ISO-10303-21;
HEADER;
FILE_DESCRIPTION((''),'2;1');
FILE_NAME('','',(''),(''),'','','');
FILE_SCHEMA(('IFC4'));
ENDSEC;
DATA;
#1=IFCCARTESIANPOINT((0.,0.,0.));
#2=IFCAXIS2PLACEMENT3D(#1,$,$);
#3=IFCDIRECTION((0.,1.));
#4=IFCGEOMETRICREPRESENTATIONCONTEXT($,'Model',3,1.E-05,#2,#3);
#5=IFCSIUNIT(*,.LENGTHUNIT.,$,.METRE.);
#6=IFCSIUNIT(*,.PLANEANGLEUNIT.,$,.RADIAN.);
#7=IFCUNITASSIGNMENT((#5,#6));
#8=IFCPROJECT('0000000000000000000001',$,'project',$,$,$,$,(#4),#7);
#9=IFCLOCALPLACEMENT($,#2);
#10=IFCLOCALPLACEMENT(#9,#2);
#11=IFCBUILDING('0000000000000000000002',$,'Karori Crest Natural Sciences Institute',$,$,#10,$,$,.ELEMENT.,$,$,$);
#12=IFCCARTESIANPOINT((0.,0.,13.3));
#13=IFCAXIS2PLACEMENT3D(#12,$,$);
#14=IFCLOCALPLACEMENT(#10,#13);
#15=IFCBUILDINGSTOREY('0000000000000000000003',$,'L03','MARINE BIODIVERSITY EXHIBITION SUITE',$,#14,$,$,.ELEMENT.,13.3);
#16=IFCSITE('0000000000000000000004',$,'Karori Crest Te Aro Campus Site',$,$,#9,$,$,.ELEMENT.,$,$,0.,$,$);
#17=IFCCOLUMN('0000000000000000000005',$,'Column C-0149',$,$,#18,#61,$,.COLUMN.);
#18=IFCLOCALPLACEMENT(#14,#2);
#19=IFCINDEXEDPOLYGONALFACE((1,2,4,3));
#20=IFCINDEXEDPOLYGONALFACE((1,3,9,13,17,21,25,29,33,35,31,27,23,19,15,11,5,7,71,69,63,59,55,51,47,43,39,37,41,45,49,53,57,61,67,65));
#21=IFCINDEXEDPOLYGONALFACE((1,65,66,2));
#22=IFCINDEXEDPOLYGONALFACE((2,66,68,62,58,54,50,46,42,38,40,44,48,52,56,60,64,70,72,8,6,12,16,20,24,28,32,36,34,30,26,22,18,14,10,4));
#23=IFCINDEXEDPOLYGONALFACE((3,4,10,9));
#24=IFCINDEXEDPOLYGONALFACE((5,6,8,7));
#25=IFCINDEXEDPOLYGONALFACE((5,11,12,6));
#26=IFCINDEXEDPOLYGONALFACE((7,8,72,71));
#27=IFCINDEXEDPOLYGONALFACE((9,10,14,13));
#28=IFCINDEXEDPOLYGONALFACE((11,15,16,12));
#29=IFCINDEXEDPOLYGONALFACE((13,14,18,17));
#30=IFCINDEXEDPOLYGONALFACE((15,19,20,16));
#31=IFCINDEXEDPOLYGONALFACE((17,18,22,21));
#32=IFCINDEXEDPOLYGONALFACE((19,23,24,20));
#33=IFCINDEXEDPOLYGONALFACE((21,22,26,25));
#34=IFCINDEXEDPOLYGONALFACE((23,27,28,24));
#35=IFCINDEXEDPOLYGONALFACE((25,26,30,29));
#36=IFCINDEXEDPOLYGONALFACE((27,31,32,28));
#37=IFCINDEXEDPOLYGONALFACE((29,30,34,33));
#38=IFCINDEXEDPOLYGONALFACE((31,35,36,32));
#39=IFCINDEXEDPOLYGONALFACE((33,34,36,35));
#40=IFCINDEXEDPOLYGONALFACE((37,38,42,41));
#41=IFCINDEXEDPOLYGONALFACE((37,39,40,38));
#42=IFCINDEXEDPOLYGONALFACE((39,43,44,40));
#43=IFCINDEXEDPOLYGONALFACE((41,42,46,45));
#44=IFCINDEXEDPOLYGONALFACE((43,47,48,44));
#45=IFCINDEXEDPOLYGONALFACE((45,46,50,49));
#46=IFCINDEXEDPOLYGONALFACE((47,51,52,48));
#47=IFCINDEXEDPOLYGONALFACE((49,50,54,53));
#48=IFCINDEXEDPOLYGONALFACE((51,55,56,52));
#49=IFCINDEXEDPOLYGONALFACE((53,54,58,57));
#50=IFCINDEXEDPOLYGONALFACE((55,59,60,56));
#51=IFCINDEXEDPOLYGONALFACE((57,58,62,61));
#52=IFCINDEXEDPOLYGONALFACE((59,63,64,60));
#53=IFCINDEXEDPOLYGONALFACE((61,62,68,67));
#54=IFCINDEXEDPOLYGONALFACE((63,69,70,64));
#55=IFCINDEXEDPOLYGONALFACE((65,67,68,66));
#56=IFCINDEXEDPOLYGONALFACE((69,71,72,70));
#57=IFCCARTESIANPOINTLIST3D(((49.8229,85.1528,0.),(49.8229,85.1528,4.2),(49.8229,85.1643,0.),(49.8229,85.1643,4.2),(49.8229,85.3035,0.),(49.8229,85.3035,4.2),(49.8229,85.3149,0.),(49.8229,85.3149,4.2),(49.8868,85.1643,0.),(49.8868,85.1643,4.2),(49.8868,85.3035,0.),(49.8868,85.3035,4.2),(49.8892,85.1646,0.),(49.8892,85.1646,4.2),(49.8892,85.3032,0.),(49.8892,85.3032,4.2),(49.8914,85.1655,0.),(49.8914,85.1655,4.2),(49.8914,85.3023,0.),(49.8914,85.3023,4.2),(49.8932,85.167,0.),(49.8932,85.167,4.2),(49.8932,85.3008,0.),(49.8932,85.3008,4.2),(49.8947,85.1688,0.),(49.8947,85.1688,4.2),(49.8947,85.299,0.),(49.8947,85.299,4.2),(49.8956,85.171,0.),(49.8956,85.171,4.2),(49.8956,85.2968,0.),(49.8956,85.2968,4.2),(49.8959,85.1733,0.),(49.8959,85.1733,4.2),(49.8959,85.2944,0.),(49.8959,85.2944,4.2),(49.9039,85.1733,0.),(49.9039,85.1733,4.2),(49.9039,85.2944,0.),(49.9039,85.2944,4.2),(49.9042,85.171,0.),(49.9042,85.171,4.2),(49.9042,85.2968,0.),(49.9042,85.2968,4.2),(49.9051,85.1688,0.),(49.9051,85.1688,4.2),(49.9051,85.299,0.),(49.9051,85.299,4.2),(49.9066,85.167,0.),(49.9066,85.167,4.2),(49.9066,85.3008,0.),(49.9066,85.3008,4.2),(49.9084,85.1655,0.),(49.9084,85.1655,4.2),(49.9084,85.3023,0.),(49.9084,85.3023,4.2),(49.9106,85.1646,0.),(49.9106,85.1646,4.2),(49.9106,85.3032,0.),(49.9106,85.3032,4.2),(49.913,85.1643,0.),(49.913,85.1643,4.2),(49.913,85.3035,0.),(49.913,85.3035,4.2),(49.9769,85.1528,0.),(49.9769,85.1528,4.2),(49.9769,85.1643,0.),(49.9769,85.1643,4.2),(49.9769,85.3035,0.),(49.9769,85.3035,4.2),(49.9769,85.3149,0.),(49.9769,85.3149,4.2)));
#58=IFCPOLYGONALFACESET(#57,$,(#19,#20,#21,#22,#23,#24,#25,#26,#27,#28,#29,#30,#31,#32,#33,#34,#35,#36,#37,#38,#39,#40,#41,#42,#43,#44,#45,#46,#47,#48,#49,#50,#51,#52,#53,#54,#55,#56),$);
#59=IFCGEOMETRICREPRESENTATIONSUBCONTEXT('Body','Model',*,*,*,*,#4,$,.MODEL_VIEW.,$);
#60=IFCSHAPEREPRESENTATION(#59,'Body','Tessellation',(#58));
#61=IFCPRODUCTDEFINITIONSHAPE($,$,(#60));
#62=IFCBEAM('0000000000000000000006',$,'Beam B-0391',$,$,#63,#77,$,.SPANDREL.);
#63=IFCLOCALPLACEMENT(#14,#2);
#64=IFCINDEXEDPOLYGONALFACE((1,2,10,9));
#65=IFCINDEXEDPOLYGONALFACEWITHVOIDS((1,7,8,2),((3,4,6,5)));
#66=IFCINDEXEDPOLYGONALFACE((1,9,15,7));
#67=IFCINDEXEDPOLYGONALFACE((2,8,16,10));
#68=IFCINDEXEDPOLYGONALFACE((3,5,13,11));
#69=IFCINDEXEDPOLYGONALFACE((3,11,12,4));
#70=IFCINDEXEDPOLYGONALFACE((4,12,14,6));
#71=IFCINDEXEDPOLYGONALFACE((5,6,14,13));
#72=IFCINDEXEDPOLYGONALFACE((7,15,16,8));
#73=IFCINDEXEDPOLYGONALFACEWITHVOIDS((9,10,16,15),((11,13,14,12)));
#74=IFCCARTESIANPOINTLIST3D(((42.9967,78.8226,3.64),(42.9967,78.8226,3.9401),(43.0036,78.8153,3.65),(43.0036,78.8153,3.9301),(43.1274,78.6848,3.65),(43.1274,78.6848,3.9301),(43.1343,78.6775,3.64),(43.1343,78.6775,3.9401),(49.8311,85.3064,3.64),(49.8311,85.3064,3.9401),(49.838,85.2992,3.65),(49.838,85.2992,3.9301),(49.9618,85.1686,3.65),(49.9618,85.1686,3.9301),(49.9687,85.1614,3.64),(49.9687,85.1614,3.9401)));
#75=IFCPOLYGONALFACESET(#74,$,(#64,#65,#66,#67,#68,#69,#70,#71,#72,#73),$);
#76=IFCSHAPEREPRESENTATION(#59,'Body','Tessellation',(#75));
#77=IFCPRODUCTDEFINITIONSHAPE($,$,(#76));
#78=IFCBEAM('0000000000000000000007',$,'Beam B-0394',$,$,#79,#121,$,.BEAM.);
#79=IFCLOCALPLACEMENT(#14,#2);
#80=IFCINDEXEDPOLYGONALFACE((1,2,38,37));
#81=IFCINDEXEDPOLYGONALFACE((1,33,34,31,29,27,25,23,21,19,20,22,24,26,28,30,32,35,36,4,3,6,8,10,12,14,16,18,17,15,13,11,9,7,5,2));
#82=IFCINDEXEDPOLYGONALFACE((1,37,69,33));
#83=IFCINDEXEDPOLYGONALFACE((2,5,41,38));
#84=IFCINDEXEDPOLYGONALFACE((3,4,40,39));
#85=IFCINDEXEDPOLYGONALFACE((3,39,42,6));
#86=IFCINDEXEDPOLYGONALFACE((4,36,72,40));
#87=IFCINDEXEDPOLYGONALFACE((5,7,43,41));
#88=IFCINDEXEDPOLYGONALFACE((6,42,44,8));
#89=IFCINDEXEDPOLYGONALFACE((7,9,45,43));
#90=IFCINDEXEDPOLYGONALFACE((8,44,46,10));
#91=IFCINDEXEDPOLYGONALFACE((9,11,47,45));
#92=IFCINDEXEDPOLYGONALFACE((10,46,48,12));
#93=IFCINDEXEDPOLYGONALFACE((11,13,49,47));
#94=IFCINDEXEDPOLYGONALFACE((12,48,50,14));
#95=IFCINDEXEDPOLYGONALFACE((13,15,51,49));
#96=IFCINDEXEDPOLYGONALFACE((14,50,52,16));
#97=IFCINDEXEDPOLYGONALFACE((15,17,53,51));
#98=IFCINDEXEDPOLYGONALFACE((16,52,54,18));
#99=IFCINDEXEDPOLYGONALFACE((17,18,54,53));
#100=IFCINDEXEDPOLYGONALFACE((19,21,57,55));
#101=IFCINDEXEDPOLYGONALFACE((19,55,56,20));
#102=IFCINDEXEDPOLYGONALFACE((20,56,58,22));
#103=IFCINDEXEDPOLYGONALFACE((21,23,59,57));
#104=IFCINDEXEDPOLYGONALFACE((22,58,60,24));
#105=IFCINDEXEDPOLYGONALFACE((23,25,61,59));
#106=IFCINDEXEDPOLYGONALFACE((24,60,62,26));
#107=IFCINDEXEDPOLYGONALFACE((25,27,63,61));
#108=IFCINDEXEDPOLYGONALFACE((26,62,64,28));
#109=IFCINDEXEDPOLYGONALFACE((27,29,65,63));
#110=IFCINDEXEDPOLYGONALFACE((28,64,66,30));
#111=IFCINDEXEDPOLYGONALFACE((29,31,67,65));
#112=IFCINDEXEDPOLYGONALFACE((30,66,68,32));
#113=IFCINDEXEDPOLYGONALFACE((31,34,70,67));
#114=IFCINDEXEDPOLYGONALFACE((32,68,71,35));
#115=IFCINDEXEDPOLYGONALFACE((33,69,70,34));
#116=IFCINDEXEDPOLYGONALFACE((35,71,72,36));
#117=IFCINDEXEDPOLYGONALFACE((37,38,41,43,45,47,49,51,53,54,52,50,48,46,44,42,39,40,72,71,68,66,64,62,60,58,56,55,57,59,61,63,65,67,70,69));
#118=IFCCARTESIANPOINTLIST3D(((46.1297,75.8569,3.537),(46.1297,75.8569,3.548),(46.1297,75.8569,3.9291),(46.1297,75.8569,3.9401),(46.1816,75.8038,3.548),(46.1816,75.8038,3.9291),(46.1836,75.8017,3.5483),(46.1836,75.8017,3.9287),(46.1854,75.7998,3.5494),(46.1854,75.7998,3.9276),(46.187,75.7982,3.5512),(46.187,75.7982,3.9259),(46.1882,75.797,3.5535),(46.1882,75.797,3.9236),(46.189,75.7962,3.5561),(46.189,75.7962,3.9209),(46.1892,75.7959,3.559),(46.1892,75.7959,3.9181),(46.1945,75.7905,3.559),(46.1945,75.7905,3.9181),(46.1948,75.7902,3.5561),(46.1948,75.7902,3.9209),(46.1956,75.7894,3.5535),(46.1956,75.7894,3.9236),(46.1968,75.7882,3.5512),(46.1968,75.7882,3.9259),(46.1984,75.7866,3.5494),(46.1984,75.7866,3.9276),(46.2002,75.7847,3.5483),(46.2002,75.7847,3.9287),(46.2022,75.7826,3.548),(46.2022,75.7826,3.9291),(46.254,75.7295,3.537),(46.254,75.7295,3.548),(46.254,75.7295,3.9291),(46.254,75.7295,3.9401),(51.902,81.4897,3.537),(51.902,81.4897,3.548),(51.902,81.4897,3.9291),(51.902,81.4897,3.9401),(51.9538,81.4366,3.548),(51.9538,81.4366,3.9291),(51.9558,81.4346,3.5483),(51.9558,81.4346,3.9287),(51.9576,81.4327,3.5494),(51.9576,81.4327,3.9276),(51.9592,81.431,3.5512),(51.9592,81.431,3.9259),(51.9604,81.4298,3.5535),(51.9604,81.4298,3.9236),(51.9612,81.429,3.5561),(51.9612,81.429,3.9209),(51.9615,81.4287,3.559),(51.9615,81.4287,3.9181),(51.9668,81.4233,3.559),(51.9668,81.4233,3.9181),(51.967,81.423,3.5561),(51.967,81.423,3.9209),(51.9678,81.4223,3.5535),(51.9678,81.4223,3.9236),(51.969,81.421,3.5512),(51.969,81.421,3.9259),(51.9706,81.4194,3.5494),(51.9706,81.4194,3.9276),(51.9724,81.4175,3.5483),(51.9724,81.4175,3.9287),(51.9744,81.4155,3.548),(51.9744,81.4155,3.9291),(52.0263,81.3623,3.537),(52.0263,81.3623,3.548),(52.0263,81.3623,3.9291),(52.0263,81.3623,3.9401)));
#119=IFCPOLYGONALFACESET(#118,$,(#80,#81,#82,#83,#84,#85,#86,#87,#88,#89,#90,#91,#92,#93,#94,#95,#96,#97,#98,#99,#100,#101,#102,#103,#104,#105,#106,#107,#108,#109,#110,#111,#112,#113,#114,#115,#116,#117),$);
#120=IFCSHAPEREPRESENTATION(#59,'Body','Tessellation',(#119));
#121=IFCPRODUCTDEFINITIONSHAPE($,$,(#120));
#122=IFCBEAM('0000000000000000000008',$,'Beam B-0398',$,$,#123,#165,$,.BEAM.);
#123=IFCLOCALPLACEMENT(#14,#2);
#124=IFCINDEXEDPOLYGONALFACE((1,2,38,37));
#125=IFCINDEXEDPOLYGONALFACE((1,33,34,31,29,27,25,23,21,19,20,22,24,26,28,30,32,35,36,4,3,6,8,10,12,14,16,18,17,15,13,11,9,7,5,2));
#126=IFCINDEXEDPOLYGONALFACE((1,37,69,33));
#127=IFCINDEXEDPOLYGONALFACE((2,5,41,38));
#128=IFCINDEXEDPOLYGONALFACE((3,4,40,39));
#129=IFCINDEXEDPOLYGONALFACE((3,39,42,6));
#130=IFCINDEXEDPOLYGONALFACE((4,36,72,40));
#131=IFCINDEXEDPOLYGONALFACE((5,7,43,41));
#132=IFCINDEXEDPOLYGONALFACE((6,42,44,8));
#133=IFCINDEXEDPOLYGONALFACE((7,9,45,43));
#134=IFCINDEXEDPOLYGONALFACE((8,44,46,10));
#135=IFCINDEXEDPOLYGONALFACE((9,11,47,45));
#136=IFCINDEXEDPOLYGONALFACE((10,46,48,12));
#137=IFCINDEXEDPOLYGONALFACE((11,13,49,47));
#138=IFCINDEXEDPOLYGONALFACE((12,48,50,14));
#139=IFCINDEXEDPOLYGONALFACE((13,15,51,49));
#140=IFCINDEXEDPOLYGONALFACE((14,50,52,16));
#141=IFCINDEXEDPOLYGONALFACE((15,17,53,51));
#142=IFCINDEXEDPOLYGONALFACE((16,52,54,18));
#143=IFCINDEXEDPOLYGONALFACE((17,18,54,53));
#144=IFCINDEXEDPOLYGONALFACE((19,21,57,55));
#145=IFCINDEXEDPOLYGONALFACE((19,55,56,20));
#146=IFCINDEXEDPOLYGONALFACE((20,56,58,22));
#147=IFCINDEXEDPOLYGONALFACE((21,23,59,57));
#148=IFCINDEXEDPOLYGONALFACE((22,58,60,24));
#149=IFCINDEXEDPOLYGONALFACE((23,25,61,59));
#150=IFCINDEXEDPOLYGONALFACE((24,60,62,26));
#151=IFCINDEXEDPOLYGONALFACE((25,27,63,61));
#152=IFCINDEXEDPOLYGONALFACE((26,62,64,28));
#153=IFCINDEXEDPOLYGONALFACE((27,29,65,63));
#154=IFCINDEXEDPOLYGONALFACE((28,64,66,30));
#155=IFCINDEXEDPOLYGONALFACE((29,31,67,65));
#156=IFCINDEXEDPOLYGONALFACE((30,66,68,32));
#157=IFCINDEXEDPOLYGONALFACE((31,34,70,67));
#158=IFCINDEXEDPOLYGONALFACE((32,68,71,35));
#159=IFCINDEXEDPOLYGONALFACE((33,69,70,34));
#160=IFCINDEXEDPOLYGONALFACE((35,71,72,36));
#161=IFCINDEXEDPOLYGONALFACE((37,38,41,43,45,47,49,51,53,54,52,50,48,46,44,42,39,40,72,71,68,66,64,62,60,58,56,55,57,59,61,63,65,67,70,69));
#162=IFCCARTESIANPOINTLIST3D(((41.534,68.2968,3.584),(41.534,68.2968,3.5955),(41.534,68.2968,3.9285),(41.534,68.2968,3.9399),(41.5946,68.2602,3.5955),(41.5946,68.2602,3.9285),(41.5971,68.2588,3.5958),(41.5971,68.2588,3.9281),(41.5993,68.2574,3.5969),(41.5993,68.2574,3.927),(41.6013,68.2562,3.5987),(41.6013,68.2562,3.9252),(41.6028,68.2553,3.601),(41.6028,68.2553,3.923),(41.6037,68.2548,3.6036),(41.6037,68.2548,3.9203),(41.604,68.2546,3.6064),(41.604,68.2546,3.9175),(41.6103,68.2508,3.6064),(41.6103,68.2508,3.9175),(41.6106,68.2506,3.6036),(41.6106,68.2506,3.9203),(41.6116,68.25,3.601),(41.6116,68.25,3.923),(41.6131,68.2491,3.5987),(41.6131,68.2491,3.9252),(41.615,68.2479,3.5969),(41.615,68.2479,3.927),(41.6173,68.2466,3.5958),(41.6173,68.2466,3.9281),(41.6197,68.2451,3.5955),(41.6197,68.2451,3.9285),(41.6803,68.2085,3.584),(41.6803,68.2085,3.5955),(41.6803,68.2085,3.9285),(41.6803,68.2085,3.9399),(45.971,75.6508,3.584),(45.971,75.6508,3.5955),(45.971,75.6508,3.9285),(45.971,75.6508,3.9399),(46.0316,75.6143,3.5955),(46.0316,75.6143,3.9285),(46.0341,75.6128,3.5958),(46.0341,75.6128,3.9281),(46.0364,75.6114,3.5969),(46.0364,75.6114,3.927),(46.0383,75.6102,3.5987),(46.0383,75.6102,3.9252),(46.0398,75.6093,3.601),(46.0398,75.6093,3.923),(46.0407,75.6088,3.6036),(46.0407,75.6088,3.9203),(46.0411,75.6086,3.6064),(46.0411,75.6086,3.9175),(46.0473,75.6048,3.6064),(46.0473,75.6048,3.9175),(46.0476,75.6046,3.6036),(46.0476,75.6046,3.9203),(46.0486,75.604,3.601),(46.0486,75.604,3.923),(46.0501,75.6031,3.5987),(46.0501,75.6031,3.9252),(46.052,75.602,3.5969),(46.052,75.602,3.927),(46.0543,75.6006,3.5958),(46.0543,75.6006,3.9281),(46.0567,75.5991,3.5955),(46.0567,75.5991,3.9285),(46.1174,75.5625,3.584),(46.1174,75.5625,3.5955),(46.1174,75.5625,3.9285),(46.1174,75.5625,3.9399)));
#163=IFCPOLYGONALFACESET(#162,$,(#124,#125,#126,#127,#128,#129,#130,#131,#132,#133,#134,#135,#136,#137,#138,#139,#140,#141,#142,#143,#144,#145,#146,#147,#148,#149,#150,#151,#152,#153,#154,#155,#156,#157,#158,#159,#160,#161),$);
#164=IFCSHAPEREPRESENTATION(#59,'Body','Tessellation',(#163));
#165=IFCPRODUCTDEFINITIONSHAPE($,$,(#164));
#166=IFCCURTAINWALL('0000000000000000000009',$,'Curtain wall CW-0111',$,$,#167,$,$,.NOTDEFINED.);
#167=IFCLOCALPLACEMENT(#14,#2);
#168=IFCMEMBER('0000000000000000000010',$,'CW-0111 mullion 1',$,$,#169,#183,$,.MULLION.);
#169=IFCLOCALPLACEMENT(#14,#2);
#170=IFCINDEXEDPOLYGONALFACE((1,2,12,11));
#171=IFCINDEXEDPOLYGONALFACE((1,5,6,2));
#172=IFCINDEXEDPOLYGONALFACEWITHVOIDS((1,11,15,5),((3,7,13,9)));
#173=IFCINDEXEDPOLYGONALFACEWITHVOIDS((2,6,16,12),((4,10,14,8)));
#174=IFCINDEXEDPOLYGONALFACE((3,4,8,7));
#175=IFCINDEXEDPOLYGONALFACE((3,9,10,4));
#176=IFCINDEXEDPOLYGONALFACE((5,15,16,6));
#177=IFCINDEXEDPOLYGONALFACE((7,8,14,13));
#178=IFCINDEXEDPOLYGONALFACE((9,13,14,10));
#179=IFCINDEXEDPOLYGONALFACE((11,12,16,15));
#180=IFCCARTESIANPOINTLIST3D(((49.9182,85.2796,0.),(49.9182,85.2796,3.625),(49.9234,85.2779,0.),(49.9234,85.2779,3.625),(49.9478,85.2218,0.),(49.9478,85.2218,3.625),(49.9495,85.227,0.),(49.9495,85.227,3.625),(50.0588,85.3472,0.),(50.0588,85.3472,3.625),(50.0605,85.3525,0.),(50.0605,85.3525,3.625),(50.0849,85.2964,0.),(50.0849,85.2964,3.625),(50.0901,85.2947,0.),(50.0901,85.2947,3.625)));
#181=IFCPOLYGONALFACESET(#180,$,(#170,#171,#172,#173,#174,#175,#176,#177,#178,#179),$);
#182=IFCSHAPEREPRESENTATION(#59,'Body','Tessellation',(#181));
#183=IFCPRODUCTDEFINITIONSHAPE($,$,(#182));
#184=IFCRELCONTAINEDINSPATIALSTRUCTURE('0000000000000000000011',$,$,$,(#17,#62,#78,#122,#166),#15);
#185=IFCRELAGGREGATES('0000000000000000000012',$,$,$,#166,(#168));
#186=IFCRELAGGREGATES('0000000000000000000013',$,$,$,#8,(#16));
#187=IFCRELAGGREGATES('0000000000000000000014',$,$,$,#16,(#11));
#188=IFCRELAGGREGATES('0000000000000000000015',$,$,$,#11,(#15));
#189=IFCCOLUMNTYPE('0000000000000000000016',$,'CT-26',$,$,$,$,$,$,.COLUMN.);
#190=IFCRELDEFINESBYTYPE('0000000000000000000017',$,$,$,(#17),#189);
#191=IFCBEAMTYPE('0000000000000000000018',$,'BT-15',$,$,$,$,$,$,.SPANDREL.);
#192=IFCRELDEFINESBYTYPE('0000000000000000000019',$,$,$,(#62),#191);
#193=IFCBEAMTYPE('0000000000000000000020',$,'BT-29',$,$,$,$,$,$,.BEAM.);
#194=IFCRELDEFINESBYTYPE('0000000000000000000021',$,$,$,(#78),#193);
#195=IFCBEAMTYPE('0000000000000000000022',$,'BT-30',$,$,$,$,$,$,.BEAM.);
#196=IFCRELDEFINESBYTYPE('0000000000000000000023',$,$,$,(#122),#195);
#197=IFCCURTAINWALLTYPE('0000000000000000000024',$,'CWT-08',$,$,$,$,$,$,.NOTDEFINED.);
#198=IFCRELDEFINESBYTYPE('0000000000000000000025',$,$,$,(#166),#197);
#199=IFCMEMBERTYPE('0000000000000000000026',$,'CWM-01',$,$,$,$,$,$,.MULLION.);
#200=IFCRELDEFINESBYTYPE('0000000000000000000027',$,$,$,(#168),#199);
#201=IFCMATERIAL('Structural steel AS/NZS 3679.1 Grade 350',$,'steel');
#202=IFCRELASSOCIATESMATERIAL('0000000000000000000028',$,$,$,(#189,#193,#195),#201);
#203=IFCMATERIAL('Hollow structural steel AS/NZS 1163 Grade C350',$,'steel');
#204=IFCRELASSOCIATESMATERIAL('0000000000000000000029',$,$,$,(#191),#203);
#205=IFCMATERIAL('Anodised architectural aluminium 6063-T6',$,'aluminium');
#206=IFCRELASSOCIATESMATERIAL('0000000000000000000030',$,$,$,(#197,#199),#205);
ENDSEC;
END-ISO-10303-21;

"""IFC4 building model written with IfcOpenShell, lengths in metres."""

from ifc_helpers import new_model, si_unit, direction, frame, origin, origin_2d, place, context, subcontext, project, spatial, hollow_rectangle, i_section, extrude, material, material_profile, profile_set, type_object, element, aggregate, save


model = new_model("IFC4")

# Units and contexts
model_context = context("Model", 3, precision=1e-05, world=origin(), true_north=direction((0.0, 1.0)))
body_context = subcontext(model_context, "Body", "Model", "MODEL_VIEW")
ifc_project = project(units=[si_unit("LENGTHUNIT", "METRE"), si_unit("PLANEANGLEUNIT", "RADIAN")], contexts=[model_context])

# Site, building, storey
site_placement = place(None, origin())
site = spatial("IfcSite", under=ifc_project, at=site_placement, Name="Karori Crest Te Aro Campus Site", CompositionType="ELEMENT", RefElevation=0.0)
building_placement = place(site_placement, origin())
building = spatial("IfcBuilding", under=site, at=building_placement, Name="Karori Crest Natural Sciences Institute", CompositionType="ELEMENT")
storey_placement = place(building_placement, frame((0.0, 0.0, 13.3)))
storey = spatial("IfcBuildingStorey", under=building, at=storey_placement, Name="L03", Description="MARINE BIODIVERSITY EXHIBITION SUITE", CompositionType="ELEMENT", Elevation=13.3)

# Column
ifc_material_1 = material(Name="Structural steel AS/NZS 3679.1 Grade 350", Category="steel")
ifc_material_profile_1 = material_profile(ifc_material_1, i_section(OverallWidth=0.1541, OverallDepth=0.1621, WebThickness=0.0081, FlangeThickness=0.0115, FilletRadius=0.009, at=origin_2d()), Name="150UC37.2")
ifc_profile_set_1 = profile_set([ifc_material_profile_1], Name="Structural steel AS/NZS 3679.1 Grade 350")
column_type = type_object("IfcColumnType", Name="CT-26", PredefinedType="COLUMN", material=ifc_profile_set_1)
column_placement = place(storey_placement, frame((49.8999, 85.2339, 0.0), z_axis=(0.0, 0.0, 1.0), x_axis=(1.0, 0.0, 0.0)))
element("IfcColumn", 1, at=column_placement, inside=storey, type_object=column_type, Name="Column C-0149", PredefinedType="COLUMN", context=body_context, shape_type="SweptSolid", body=[
    extrude(i_section(OverallWidth=0.1541, OverallDepth=0.1621, WebThickness=0.0081, FlangeThickness=0.0115, FilletRadius=0.009, at=origin_2d()), origin(), (0.0, 0.0, 1.0), 4.2),
])

# Beams
ifc_material_2 = material(Name="Hollow structural steel AS/NZS 1163 Grade C350", Category="steel")
ifc_material_profile_2 = material_profile(ifc_material_2, hollow_rectangle(XDim=0.2, YDim=0.3, WallThickness=0.01, at=origin_2d()), Name="RHS300x200x10")
ifc_profile_set_2 = profile_set([ifc_material_profile_2], Name="Hollow structural steel AS/NZS 1163 Grade C350")
beam_type_1 = type_object("IfcBeamType", Name="BT-15", PredefinedType="SPANDREL", material=ifc_profile_set_2)
beam_1_placement = place(storey_placement, frame((49.8999, 85.2339, 3.79), z_axis=(-0.725469, -0.688255, 0.0), x_axis=(0.688255, -0.725469, 0.0)))
element("IfcBeam", 2, at=beam_1_placement, inside=storey, type_object=beam_type_1, Name="Beam B-0391", PredefinedType="SPANDREL", context=body_context, shape_type="SweptSolid", body=[
    extrude(hollow_rectangle(XDim=0.2, YDim=0.3, WallThickness=0.01, at=origin_2d()), origin(), (0.0, 0.0, 1.0), 9.4207),
])
ifc_material_profile_3 = material_profile(ifc_material_1, i_section(OverallWidth=0.178, OverallDepth=0.4031, WebThickness=0.0076, FlangeThickness=0.011, FilletRadius=0.011, at=origin_2d()), Name="410UB53.7")
ifc_profile_set_3 = profile_set([ifc_material_profile_3], Name="Structural steel AS/NZS 3679.1 Grade 350")
beam_type_2 = type_object("IfcBeamType", Name="BT-29", PredefinedType="BEAM", material=ifc_profile_set_3)
beam_2_placement = place(storey_placement, frame((51.9641, 81.426, 3.7385), z_axis=(-0.715696, -0.698412, 0.0), x_axis=(0.698412, -0.715696, 0.0)))
element("IfcBeam", 3, at=beam_2_placement, inside=storey, type_object=beam_type_2, Name="Beam B-0394", PredefinedType="BEAM", context=body_context, shape_type="SweptSolid", body=[
    extrude(i_section(OverallWidth=0.178, OverallDepth=0.4031, WebThickness=0.0076, FlangeThickness=0.011, FilletRadius=0.011, at=origin_2d()), origin(), (0.0, 0.0, 1.0), 8.0652),
])
ifc_material_profile_4 = material_profile(ifc_material_1, i_section(OverallWidth=0.1709, OverallDepth=0.356, WebThickness=0.0073, FlangeThickness=0.0115, FilletRadius=0.011, at=origin_2d()), Name="360UB50.7")
ifc_profile_set_4 = profile_set([ifc_material_profile_4], Name="Structural steel AS/NZS 3679.1 Grade 350")
beam_type_3 = type_object("IfcBeamType", Name="BT-30", PredefinedType="BEAM", material=ifc_profile_set_4)
beam_3_placement = place(storey_placement, frame((46.0442, 75.6067, 3.762), z_axis=(-0.516601, -0.856226, 0.0), x_axis=(0.856226, -0.516601, 0.0)))
element("IfcBeam", 4, at=beam_3_placement, inside=storey, type_object=beam_type_3, Name="Beam B-0398", PredefinedType="BEAM", context=body_context, shape_type="SweptSolid", body=[
    extrude(i_section(OverallWidth=0.1709, OverallDepth=0.356, WebThickness=0.0073, FlangeThickness=0.0115, FilletRadius=0.011, at=origin_2d()), origin(), (0.0, 0.0, 1.0), 8.5889),
])

# Curtain wall, member
ifc_material_3 = material(Name="Anodised architectural aluminium 6063-T6", Category="aluminium")
curtain_wall_type_1 = type_object("IfcCurtainWallType", Name="CWT-08", PredefinedType="NOTDEFINED", material=ifc_material_3)
curtain_wall_1_placement = place(storey_placement, origin())
curtain_wall_1 = element("IfcCurtainWall", 5, at=curtain_wall_1_placement, inside=storey, type_object=curtain_wall_type_1, Name="Curtain wall CW-0111", PredefinedType="NOTDEFINED")
ifc_material_profile_5 = material_profile(ifc_material_3, hollow_rectangle(XDim=0.0649, YDim=0.1599, WallThickness=0.0039, at=origin_2d()), Name="CWM160x65x4")
ifc_profile_set_5 = profile_set([ifc_material_profile_5], Name="Anodised architectural aluminium 6063-T6")
member_type_1 = type_object("IfcMemberType", Name="CWM-01", PredefinedType="MULLION", material=ifc_profile_set_5)
member_1_placement = place(storey_placement, frame((50.0042, 85.2871, 0.0), z_axis=(0.0, 0.0, 1.0), x_axis=(-0.455829, 0.890067, 0.0)))
member_1 = element("IfcMember", 6, at=member_1_placement, type_object=member_type_1, Name="CW-0111 mullion 1", PredefinedType="MULLION", context=body_context, shape_type="SweptSolid", body=[
    extrude(hollow_rectangle(XDim=0.0649, YDim=0.1599, WallThickness=0.0039, at=origin_2d()), origin(), (0.0, 0.0, 1.0), 3.625),
])

aggregate(curtain_wall_1, [member_1])

save(model, "model.ifc")
